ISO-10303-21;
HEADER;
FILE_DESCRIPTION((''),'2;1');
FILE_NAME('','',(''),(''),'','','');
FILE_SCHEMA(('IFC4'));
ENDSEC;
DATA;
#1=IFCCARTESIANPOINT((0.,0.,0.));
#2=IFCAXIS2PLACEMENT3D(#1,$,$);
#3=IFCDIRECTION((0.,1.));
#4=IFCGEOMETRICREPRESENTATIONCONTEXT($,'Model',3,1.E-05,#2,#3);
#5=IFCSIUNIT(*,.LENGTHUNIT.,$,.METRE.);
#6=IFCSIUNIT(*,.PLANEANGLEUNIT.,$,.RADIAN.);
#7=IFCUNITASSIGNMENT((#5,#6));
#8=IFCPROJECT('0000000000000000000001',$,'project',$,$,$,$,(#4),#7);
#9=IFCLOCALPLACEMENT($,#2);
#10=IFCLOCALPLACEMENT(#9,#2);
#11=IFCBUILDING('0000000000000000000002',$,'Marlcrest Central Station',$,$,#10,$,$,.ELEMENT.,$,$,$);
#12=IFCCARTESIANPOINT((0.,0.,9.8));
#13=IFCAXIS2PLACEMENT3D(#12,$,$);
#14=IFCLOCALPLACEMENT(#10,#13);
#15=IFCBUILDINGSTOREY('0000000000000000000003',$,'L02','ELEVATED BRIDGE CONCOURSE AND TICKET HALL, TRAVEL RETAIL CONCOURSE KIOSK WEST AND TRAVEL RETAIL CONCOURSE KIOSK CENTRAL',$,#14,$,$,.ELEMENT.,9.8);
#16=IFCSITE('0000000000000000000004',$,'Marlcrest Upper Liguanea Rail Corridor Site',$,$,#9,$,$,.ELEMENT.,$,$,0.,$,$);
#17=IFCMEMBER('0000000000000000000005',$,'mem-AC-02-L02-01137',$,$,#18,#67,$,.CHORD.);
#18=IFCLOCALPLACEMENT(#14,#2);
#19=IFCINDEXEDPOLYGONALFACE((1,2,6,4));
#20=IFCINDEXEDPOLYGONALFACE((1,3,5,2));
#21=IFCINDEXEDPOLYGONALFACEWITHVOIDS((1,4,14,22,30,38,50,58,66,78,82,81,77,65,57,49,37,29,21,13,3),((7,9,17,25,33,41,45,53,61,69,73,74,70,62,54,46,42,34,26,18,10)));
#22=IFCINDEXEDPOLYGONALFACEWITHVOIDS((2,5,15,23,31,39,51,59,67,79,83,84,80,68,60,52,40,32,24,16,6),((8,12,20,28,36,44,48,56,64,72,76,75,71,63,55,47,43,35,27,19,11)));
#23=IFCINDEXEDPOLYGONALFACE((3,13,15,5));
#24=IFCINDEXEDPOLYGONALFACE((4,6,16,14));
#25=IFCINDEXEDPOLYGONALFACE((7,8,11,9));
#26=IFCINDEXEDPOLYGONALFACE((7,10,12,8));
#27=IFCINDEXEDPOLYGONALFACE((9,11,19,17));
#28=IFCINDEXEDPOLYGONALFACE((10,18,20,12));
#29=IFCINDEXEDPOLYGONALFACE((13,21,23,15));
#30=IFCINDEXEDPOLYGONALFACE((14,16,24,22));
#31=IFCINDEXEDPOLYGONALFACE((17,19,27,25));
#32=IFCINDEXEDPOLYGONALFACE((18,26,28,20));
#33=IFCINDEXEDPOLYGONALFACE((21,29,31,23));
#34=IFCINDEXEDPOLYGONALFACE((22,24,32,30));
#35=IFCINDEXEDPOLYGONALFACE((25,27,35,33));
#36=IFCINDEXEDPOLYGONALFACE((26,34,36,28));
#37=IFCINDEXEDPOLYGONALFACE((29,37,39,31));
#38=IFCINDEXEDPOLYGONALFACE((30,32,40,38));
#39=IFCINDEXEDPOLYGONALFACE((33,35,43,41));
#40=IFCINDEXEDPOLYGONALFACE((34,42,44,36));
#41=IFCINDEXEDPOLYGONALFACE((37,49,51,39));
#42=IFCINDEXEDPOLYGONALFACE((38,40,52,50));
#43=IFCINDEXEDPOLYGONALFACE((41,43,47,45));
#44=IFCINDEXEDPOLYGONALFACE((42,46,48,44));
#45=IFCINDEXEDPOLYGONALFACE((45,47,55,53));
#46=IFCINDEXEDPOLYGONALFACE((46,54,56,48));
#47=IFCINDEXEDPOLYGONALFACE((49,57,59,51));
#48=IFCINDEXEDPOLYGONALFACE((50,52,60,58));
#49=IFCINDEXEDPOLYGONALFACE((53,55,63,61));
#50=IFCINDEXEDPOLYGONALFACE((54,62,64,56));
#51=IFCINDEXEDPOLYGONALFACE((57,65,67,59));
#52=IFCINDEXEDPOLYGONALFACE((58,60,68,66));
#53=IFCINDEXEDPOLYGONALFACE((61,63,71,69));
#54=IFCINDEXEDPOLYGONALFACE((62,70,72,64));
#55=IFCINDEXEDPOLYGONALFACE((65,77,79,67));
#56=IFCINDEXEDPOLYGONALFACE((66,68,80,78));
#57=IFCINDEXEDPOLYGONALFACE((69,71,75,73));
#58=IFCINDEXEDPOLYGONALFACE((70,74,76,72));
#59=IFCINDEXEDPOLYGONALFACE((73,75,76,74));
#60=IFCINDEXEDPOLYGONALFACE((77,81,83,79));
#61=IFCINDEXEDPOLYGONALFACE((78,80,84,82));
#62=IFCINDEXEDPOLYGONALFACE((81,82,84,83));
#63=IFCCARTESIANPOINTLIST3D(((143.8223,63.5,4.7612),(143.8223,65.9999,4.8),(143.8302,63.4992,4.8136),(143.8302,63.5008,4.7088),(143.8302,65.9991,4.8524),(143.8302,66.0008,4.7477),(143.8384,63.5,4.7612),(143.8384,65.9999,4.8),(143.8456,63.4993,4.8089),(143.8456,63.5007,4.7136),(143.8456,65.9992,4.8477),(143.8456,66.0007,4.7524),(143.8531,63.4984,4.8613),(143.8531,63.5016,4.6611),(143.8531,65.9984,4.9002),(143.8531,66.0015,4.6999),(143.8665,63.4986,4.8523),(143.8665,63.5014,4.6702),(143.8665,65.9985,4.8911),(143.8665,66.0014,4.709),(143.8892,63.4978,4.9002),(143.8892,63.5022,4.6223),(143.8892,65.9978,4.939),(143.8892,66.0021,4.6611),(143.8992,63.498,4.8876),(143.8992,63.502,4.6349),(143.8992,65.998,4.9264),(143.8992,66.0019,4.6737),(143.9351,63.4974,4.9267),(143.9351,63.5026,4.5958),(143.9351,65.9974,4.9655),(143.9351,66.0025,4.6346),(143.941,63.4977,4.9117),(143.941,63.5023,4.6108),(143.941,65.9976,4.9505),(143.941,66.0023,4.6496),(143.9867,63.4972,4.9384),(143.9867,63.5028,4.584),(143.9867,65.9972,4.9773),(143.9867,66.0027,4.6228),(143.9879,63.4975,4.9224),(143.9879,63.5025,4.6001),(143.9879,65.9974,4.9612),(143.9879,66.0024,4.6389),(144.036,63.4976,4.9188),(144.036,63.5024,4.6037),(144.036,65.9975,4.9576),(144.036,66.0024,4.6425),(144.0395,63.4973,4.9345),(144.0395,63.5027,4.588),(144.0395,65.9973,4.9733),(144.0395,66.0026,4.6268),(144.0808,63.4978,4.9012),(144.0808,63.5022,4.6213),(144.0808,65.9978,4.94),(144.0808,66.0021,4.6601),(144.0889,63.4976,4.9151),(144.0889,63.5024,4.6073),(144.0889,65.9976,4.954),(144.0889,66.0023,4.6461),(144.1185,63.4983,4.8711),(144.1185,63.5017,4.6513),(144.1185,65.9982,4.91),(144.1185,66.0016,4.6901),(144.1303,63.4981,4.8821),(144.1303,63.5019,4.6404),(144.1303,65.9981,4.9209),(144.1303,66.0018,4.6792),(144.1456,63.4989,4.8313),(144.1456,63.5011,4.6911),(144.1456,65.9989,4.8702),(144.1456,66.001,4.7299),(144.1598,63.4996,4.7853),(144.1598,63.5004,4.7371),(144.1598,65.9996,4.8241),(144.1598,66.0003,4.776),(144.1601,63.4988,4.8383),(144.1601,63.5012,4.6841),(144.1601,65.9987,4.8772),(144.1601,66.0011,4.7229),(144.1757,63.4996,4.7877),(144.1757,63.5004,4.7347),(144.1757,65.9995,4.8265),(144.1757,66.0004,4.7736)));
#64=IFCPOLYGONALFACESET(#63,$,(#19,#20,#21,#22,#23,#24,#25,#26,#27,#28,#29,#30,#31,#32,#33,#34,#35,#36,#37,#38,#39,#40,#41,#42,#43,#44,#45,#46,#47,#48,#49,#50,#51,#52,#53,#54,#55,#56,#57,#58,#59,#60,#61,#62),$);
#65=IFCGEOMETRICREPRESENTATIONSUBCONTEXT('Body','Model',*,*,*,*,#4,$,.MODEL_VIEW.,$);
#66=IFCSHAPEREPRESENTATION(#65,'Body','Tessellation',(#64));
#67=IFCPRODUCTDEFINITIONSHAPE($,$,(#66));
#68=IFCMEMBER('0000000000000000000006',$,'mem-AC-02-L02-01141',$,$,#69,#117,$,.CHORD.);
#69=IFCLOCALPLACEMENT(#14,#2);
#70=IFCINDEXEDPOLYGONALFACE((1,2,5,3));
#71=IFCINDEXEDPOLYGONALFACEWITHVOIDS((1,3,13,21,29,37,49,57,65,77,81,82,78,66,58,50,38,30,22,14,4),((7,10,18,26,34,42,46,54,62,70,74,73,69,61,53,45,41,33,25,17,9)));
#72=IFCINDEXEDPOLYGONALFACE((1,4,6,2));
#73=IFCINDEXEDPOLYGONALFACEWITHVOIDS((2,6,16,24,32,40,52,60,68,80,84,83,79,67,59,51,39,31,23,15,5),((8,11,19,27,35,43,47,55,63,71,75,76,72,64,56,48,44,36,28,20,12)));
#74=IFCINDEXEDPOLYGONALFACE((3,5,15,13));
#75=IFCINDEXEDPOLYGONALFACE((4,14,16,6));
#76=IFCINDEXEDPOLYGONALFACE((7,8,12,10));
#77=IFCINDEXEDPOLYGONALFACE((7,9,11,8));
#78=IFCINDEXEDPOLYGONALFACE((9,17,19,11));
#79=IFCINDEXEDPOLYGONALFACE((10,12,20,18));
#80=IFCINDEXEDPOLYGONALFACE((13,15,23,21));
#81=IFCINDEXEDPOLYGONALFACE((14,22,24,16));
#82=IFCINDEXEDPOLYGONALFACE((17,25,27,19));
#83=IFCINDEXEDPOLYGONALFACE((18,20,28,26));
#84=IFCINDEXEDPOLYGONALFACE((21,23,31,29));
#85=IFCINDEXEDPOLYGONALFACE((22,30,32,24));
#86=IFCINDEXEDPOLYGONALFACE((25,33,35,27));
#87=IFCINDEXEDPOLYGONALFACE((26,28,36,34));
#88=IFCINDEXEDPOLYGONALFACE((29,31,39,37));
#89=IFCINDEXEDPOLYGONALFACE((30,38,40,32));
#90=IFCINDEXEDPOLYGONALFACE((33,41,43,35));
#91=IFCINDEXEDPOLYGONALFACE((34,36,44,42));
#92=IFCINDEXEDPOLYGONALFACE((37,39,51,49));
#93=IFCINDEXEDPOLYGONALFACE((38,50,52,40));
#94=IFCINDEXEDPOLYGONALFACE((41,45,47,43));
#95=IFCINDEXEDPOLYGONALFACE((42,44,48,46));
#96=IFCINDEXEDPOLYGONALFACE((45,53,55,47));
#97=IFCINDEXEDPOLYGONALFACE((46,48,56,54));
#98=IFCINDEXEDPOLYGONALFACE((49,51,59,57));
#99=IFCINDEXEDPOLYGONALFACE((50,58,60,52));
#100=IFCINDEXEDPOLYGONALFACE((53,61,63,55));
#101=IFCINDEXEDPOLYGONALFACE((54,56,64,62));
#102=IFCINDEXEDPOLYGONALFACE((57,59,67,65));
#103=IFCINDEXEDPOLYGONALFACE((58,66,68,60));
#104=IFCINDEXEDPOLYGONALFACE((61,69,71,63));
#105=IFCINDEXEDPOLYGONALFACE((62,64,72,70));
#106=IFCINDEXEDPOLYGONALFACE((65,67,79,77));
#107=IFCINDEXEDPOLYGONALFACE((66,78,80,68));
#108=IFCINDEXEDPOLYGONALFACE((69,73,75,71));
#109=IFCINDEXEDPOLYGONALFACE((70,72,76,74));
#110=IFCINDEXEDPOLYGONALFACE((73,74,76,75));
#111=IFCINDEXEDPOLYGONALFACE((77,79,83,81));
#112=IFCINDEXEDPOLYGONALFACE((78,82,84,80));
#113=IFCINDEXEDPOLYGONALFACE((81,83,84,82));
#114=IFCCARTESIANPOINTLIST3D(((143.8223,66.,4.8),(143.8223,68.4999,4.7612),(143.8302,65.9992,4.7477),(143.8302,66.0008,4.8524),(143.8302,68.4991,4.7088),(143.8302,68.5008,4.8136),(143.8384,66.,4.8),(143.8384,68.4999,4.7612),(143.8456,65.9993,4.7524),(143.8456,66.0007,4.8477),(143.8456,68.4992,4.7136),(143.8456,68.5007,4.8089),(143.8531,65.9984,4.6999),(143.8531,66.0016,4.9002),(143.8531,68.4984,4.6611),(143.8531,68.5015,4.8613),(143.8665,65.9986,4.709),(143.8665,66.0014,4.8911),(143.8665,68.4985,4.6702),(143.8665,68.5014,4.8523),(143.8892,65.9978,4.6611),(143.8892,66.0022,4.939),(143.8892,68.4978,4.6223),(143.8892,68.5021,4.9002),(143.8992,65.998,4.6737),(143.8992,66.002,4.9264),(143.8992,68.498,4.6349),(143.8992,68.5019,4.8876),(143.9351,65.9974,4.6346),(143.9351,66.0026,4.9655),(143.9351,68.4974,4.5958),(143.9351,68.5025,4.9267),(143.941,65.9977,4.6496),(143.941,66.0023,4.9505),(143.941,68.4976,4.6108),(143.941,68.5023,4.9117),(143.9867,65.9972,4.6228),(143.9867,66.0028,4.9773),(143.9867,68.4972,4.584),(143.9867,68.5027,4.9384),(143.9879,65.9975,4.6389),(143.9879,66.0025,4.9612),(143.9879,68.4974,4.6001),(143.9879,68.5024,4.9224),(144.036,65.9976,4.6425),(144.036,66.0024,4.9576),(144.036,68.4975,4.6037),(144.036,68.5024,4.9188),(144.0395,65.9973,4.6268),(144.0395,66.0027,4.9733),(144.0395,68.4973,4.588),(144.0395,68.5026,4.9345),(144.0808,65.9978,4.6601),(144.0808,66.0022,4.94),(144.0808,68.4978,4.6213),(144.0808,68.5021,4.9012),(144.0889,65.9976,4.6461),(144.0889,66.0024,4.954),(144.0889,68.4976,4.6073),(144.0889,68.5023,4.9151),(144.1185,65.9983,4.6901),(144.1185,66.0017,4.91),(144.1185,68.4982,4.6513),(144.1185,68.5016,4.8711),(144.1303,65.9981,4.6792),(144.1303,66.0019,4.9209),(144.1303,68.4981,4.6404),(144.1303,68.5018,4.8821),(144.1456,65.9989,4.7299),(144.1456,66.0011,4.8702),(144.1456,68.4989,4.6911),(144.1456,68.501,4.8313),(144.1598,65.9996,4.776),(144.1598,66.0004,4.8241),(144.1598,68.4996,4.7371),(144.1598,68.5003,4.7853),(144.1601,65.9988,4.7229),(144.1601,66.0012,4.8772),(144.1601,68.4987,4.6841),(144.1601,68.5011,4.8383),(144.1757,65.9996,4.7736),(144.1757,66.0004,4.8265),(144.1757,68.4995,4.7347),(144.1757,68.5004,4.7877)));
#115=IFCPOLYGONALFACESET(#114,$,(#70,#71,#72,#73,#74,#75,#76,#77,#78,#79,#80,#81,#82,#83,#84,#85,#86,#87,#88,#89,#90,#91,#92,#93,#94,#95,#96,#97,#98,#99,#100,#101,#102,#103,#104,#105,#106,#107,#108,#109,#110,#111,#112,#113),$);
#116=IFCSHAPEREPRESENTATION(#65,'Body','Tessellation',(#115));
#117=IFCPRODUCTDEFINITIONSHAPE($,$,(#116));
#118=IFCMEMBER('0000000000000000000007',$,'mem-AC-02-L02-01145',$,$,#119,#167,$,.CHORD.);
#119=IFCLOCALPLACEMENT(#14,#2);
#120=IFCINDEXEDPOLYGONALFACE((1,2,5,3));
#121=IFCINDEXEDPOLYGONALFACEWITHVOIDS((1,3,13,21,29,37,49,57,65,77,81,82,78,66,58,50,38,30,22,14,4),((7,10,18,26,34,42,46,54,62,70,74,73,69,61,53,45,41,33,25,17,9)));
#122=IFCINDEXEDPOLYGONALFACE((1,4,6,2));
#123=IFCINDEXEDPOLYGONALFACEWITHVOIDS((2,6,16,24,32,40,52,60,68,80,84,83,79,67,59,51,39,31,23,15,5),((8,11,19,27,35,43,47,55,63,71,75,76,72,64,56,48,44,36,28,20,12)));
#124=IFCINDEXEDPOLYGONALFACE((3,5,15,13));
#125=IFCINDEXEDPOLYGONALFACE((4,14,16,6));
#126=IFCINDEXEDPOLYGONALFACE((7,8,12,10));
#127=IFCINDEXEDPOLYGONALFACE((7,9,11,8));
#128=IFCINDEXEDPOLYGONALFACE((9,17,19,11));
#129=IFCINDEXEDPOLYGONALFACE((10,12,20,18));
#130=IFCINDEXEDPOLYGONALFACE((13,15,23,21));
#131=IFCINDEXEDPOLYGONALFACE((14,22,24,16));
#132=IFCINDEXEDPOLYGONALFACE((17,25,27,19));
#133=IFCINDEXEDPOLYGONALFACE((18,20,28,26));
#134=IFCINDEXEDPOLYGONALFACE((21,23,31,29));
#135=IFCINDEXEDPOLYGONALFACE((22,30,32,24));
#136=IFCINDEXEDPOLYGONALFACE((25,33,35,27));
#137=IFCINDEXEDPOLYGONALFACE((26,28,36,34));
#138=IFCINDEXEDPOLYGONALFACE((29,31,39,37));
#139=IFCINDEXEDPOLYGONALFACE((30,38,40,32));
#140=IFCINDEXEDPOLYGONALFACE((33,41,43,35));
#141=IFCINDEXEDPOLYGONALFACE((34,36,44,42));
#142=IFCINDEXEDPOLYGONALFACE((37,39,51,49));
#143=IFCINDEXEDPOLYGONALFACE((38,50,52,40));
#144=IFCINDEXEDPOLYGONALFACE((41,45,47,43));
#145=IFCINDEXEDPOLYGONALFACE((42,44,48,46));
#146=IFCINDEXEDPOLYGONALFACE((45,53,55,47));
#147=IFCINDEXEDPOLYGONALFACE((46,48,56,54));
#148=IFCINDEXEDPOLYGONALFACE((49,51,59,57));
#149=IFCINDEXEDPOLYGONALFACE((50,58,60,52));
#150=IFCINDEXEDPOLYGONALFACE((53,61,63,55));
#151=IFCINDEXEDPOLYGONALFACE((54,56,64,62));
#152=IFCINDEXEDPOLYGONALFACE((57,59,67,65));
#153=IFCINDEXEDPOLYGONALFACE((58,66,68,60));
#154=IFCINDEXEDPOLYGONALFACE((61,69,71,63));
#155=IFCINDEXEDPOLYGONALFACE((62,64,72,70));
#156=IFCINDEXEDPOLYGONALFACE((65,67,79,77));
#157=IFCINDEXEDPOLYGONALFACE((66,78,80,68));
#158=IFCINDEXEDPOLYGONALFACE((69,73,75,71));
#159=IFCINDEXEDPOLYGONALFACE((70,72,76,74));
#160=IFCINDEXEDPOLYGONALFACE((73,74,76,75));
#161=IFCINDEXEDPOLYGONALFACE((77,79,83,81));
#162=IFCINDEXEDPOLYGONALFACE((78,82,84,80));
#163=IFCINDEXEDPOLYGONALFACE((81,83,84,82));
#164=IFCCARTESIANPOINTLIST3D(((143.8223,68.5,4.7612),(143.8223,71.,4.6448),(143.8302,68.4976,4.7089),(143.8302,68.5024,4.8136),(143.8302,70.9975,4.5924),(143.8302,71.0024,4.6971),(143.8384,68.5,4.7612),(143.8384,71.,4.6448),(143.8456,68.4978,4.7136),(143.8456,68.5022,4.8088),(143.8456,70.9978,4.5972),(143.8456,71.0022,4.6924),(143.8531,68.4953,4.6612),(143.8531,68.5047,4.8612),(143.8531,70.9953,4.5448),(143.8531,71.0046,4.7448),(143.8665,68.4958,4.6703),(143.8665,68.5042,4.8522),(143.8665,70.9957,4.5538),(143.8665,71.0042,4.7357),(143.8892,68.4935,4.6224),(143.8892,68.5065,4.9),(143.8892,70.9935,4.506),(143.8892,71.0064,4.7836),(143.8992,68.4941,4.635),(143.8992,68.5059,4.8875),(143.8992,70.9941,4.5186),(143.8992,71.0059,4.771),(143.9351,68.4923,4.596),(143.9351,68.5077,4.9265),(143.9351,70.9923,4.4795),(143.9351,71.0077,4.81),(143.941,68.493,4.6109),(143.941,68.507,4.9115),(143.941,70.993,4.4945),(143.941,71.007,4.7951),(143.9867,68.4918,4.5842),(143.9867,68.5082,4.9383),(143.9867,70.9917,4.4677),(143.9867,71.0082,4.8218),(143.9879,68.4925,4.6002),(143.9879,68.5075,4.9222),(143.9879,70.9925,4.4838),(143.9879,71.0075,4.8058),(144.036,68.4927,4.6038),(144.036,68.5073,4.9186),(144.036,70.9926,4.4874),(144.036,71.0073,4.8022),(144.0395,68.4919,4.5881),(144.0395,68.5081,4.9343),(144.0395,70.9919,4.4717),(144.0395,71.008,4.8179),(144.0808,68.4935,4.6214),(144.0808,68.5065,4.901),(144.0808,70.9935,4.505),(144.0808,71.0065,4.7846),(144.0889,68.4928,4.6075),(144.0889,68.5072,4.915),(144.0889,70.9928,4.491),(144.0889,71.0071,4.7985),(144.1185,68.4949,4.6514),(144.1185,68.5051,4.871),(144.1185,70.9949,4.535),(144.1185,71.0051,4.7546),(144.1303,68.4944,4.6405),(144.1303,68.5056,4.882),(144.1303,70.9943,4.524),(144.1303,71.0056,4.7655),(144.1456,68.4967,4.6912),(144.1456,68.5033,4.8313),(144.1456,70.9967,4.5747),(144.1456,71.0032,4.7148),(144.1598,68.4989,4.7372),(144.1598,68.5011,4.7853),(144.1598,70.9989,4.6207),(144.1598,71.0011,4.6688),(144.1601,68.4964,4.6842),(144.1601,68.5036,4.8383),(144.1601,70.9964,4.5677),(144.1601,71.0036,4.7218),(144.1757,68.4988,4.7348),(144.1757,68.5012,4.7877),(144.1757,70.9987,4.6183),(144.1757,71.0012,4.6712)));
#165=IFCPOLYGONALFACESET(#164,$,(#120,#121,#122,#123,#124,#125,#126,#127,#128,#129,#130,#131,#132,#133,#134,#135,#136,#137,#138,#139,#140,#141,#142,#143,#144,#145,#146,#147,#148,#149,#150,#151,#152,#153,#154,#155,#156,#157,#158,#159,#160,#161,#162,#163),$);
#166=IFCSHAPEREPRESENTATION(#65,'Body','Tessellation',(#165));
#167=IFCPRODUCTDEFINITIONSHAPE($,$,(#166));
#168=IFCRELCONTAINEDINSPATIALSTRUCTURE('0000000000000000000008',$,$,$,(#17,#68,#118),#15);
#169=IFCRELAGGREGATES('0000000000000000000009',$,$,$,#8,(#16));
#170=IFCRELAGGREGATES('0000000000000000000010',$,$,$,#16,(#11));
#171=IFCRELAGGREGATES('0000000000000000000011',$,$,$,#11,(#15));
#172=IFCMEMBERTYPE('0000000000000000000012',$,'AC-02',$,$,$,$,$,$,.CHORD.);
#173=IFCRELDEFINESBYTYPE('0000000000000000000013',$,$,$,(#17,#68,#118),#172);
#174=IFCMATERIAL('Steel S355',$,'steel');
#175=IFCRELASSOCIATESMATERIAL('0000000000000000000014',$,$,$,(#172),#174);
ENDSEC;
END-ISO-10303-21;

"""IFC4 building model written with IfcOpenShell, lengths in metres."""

from ifc_helpers import new_model, si_unit, direction, frame, origin, origin_2d, place, context, subcontext, project, spatial, hollow_circle, extrude, material, material_profile, profile_set, type_object, element, save


model = new_model("IFC4")

# Units and contexts
model_context = context("Model", 3, precision=1e-05, world=origin(), true_north=direction((0.0, 1.0)))
body_context = subcontext(model_context, "Body", "Model", "MODEL_VIEW")
ifc_project = project(units=[si_unit("LENGTHUNIT", "METRE"), si_unit("PLANEANGLEUNIT", "RADIAN")], contexts=[model_context])

# Site, building, storey
site_placement = place(None, origin())
site = spatial("IfcSite", under=ifc_project, at=site_placement, Name="Marlcrest Upper Liguanea Rail Corridor Site", CompositionType="ELEMENT", RefElevation=0.0)
building_placement = place(site_placement, origin())
building = spatial("IfcBuilding", under=site, at=building_placement, Name="Marlcrest Central Station", CompositionType="ELEMENT")
storey_placement = place(building_placement, frame((0.0, 0.0, 9.8)))
storey = spatial("IfcBuildingStorey", under=building, at=storey_placement, Name="L02", Description="ELEVATED BRIDGE CONCOURSE AND TICKET HALL, TRAVEL RETAIL CONCOURSE KIOSK WEST AND TRAVEL RETAIL CONCOURSE KIOSK CENTRAL", CompositionType="ELEMENT", Elevation=9.8)

# Members
ifc_material_1 = material(Name="Steel S355", Category="steel")
ifc_material_profile_1 = material_profile(ifc_material_1, hollow_circle(Radius=0.1777, WallThickness=0.0161, at=origin_2d()), Name="CHS 355.6x16")
ifc_profile_set_1 = profile_set([ifc_material_profile_1], Name="Steel S355")
member_type_1 = type_object("IfcMemberType", Name="AC-02", PredefinedType="CHORD", material=ifc_profile_set_1)
for number, where, z_axis, x_axis, name in (
    (1, (144.0, 63.5, 4.7612), (0.0, 0.999879, 0.015525), (-1.0, 0.0, 0.0), "mem-AC-02-L02-01137"),
    (2, (144.0, 66.0, 4.8), (0.0, 0.999879, -0.015525), (-1.0, 0.0, 0.0), "mem-AC-02-L02-01141"),
):
    element("IfcMember", number, at=place(storey_placement, frame(where, z_axis=z_axis, x_axis=x_axis)), inside=storey, type_object=member_type_1, Name=name, PredefinedType="CHORD", context=body_context, shape_type="SweptSolid", body=[
        extrude(hollow_circle(Radius=0.1777, WallThickness=0.0161, at=origin_2d()), origin(), (0.0, 0.0, 1.0), 2.5002),
    ])
member_1_placement = place(storey_placement, frame((144.0, 68.5, 4.7612), z_axis=(0.0, 0.998917, -0.046532), x_axis=(-1.0, 0.0, 0.0)))
element("IfcMember", 3, at=member_1_placement, inside=storey, type_object=member_type_1, Name="mem-AC-02-L02-01145", PredefinedType="CHORD", context=body_context, shape_type="SweptSolid", body=[
    extrude(hollow_circle(Radius=0.1777, WallThickness=0.0161, at=origin_2d()), origin(), (0.0, 0.0, 1.0), 2.5027),
])

save(model, "model.ifc")
